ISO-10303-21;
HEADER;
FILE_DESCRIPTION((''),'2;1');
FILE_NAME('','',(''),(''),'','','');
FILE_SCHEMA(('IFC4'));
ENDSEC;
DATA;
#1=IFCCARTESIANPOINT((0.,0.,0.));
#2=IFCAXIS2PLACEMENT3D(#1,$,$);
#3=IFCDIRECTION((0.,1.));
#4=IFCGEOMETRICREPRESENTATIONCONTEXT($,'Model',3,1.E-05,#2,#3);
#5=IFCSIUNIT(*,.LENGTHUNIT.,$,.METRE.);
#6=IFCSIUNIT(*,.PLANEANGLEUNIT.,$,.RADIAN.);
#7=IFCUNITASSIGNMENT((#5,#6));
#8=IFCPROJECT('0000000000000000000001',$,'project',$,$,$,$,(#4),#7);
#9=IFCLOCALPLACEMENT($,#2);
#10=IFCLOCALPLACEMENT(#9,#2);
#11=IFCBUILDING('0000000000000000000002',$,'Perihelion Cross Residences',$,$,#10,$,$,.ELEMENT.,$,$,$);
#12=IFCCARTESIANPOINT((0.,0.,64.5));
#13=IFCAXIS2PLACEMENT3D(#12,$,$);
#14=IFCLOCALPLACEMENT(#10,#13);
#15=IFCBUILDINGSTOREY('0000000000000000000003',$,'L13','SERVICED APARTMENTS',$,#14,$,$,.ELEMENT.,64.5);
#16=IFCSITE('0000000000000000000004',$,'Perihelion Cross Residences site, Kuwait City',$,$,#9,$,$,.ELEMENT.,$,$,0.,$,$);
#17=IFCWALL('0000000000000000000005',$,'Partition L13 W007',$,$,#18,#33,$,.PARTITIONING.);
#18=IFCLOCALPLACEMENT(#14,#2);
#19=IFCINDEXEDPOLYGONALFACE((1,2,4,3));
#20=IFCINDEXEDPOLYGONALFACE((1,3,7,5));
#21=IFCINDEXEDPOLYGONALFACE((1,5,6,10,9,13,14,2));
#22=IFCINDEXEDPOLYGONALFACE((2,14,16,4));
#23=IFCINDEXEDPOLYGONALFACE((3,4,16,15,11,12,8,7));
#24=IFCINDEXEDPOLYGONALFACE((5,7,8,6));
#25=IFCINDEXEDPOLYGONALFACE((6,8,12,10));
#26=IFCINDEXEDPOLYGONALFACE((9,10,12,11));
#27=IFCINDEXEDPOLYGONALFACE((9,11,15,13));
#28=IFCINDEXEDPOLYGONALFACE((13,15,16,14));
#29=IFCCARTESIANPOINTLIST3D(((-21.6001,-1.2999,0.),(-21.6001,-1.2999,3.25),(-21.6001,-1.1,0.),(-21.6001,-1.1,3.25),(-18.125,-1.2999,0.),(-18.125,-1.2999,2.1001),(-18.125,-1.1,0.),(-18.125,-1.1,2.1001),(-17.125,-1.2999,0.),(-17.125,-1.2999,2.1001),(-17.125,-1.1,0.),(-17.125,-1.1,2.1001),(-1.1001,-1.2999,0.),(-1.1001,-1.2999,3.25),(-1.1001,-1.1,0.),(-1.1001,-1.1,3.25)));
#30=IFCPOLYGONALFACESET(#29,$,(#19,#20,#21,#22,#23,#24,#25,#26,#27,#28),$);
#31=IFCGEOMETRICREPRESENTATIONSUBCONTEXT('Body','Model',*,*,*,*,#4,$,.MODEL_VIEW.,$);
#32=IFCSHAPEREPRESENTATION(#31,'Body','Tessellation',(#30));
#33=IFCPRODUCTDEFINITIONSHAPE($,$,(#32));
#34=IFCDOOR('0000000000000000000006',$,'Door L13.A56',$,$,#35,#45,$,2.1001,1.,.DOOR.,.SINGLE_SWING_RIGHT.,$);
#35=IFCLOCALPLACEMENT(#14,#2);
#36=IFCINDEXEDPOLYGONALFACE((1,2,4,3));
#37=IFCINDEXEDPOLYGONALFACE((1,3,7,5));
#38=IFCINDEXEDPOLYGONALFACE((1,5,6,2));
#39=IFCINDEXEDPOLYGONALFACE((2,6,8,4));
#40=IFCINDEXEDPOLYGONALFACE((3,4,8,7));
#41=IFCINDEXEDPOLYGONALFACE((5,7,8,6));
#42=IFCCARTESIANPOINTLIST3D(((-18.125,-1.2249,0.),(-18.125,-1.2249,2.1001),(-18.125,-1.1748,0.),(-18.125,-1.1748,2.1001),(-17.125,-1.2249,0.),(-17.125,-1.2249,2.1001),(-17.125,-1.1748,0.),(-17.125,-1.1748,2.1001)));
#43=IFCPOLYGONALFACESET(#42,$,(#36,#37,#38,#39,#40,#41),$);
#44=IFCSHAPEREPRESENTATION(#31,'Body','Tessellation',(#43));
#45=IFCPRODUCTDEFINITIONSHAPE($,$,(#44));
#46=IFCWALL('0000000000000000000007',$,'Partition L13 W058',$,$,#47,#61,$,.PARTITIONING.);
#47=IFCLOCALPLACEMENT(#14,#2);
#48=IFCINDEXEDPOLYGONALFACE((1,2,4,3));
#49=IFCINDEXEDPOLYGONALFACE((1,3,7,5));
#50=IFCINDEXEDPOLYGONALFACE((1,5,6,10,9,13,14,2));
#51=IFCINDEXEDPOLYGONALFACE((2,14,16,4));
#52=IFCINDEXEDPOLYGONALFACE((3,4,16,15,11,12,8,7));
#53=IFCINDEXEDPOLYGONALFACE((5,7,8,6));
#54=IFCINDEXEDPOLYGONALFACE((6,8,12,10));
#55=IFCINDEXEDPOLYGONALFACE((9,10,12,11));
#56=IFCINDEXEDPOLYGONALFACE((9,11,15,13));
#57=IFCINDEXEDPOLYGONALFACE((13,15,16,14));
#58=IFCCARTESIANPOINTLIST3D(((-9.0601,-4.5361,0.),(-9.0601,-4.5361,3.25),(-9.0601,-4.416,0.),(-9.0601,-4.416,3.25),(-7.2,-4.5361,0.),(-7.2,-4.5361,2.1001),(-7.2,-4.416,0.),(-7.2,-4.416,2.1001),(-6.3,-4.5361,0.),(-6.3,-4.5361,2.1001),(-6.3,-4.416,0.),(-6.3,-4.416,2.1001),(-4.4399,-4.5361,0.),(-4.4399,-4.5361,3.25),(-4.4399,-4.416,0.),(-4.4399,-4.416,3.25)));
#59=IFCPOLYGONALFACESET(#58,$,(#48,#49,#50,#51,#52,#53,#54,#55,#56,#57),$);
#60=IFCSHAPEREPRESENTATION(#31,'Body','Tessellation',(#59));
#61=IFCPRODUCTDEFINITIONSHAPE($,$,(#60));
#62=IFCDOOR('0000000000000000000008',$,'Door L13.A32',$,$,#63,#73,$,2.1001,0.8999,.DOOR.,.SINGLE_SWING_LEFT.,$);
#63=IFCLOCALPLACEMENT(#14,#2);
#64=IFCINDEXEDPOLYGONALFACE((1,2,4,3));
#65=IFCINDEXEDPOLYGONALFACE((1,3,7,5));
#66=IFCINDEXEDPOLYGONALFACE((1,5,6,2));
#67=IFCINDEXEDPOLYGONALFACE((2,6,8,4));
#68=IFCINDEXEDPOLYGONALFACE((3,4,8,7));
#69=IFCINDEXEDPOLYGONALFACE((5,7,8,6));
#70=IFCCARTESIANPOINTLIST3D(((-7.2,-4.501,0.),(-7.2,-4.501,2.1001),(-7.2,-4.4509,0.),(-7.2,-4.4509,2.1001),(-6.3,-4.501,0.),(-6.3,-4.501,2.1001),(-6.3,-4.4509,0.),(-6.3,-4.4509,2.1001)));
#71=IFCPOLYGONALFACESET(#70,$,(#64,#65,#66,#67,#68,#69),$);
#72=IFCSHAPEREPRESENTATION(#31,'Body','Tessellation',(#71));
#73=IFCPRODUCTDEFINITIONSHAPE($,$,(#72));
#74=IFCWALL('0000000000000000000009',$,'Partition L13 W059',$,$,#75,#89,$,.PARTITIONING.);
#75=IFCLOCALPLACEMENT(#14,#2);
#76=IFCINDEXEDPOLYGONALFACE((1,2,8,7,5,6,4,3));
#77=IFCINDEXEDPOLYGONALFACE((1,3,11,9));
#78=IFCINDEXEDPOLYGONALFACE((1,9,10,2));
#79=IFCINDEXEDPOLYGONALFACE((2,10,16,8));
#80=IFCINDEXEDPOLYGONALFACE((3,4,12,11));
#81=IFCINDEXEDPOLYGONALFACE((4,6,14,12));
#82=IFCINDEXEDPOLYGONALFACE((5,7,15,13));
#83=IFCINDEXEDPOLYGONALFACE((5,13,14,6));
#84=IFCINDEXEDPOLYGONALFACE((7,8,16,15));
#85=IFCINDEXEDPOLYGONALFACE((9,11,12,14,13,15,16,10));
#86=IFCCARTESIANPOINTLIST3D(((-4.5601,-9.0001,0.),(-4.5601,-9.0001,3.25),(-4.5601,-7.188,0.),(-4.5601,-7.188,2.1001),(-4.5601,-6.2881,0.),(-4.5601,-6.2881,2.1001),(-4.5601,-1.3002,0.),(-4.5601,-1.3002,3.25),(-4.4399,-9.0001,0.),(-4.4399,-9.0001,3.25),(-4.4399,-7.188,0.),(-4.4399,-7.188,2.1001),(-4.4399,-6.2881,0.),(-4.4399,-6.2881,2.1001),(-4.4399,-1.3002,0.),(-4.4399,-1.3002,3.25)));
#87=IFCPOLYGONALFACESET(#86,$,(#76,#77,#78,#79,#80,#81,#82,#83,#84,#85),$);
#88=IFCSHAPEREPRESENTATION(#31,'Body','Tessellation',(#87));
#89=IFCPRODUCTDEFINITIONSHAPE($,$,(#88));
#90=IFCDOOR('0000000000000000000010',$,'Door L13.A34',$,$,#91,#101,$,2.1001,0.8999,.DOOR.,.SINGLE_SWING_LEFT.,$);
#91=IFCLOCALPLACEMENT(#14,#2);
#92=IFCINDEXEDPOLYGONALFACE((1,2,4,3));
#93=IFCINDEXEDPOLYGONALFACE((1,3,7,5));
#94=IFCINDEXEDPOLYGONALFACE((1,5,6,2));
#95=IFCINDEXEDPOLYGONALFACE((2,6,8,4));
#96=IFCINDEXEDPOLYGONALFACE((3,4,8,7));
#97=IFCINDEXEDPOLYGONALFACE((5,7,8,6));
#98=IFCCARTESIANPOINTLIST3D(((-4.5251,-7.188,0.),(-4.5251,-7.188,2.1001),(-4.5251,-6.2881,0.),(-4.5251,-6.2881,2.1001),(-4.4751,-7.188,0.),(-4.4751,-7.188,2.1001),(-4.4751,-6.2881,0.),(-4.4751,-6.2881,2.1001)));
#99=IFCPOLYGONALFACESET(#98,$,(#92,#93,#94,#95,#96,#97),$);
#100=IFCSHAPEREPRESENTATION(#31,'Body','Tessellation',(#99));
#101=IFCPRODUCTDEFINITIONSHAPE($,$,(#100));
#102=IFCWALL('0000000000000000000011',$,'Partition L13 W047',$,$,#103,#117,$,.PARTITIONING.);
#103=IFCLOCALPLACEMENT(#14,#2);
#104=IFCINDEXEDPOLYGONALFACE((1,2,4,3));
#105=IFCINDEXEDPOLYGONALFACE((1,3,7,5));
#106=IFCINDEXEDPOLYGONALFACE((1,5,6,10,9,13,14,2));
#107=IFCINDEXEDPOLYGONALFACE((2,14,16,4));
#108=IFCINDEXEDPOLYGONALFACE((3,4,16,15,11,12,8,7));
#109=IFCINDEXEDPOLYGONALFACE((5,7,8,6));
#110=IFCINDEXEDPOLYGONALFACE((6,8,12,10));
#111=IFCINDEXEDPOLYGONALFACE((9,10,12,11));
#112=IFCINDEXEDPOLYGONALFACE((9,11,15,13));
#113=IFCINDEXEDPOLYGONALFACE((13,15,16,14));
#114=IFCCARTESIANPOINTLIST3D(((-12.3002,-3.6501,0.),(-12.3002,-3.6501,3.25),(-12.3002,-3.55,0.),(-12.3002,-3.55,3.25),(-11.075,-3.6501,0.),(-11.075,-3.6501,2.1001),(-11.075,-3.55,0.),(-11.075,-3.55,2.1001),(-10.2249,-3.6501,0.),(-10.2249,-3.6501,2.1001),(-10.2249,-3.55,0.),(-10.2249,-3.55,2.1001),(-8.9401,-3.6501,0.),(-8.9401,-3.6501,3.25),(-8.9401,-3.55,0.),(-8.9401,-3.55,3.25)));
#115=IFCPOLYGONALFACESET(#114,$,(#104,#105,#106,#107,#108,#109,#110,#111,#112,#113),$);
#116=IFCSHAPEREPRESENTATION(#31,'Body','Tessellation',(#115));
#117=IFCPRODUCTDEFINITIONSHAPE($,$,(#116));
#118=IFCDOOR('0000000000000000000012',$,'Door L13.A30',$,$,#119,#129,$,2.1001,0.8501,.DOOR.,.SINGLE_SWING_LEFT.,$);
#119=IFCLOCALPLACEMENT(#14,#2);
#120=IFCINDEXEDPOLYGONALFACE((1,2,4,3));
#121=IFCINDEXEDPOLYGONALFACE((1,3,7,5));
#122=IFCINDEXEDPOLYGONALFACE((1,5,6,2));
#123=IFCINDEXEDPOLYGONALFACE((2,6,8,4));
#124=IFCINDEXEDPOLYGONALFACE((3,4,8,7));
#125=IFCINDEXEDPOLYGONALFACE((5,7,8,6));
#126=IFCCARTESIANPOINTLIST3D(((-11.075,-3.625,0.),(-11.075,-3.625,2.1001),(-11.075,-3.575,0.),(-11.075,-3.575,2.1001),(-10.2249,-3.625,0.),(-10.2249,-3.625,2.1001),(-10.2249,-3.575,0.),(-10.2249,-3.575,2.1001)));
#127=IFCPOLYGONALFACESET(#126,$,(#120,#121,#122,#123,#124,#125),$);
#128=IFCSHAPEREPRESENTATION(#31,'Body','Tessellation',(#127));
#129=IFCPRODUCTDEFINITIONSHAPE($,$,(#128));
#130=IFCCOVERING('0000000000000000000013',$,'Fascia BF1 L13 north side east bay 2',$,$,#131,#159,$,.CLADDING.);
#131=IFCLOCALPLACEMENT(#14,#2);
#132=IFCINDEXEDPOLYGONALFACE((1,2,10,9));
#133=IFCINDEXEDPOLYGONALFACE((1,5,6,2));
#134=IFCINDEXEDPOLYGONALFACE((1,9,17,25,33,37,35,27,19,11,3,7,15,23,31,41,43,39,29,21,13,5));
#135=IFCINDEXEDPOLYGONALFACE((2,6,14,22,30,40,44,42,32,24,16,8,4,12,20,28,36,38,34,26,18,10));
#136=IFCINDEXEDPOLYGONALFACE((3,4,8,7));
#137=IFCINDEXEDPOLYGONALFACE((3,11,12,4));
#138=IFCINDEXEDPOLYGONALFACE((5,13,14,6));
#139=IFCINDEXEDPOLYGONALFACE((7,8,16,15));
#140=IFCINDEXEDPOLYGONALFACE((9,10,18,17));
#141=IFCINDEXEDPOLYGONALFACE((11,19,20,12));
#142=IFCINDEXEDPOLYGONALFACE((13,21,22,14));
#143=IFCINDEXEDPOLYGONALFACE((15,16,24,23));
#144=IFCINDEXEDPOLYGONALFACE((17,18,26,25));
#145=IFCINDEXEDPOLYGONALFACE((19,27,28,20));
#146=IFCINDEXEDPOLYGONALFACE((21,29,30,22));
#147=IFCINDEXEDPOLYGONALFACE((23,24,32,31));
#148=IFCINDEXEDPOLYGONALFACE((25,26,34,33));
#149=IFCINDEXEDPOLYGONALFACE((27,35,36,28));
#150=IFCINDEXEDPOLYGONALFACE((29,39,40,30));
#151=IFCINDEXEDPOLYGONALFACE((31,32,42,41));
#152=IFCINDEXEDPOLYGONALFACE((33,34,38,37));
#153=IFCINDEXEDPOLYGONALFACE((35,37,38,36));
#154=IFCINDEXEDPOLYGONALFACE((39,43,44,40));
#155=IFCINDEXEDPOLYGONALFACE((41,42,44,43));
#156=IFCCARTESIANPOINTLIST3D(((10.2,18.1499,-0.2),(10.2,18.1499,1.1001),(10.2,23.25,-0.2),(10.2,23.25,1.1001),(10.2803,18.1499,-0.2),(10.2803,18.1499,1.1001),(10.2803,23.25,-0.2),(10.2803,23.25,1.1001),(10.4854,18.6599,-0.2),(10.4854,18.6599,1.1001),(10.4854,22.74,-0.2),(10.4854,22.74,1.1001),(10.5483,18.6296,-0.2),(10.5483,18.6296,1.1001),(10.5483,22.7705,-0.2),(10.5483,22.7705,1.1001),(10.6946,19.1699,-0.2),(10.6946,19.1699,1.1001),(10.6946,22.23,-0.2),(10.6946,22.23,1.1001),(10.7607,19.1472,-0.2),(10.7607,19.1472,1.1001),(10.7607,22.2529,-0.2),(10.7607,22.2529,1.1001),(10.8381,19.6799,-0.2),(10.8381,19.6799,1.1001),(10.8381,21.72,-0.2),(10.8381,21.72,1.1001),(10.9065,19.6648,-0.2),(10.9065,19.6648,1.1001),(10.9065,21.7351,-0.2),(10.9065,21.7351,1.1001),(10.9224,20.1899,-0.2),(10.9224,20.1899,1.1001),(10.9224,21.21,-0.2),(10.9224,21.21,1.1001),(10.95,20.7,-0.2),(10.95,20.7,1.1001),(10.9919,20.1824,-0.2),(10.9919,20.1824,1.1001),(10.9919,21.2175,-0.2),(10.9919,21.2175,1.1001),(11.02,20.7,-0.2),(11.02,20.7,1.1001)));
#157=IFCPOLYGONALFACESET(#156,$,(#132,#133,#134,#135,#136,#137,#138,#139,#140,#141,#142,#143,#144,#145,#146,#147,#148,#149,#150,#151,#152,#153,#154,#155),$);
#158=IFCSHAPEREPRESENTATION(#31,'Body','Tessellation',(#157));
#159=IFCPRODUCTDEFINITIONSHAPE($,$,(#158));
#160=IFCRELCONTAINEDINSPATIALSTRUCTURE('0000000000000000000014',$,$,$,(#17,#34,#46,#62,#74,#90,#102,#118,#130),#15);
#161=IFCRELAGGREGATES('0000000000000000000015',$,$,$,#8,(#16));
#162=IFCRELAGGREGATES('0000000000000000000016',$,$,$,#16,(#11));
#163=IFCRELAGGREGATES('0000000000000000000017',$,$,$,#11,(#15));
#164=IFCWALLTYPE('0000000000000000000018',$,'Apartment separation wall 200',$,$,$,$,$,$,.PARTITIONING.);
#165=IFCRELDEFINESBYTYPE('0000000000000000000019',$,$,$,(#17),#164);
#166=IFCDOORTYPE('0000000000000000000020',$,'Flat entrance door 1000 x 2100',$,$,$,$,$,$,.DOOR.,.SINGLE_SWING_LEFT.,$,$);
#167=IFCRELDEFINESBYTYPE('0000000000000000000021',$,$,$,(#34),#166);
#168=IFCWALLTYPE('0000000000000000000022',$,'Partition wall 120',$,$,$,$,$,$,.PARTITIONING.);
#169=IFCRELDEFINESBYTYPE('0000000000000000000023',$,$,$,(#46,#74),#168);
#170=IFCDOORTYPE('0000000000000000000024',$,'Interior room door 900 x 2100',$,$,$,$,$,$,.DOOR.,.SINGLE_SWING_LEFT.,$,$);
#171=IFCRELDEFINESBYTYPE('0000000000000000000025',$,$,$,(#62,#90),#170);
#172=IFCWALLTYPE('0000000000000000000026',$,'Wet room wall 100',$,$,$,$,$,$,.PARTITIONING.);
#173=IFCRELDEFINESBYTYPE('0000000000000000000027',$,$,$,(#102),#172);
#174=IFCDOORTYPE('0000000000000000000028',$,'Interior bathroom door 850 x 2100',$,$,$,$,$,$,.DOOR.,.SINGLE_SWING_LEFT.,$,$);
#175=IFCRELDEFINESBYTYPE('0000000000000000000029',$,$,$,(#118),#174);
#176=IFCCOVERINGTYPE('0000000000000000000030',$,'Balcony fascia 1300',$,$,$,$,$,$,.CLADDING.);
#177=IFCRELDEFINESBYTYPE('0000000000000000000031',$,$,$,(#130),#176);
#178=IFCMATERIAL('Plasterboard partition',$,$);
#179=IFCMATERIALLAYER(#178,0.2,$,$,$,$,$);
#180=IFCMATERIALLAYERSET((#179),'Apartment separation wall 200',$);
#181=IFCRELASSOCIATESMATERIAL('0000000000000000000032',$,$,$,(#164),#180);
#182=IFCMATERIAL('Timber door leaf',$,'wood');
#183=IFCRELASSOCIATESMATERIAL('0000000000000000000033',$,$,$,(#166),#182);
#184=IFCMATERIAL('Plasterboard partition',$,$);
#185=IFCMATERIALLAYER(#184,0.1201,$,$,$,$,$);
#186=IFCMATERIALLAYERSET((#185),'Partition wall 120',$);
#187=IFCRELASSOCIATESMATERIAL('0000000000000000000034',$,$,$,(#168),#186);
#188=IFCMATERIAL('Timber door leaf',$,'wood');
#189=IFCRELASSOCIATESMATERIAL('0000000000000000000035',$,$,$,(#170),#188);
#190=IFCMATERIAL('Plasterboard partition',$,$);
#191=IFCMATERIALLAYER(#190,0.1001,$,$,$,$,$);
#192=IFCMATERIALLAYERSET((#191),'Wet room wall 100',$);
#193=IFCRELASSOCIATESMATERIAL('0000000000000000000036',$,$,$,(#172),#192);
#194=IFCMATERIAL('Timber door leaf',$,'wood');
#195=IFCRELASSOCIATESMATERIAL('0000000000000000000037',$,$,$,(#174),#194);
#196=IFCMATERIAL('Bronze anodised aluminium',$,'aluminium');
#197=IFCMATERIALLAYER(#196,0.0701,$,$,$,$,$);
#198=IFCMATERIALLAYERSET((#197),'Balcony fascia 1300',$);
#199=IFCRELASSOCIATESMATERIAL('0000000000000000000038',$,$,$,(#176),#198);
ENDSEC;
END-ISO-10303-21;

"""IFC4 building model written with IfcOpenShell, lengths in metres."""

from ifc_helpers import new_model, si_unit, direction, frame, frame_2d, origin, place, context, subcontext, project, spatial, polyline, rectangle, outline, extrude, material, layer, layer_set, type_object, element, fill, save


model = new_model("IFC4")

# Units and contexts
model_context = context("Model", 3, precision=1e-05, world=origin(), true_north=direction((0.0, 1.0)))
body_context = subcontext(model_context, "Body", "Model", "MODEL_VIEW")
ifc_project = project(units=[si_unit("LENGTHUNIT", "METRE"), si_unit("PLANEANGLEUNIT", "RADIAN")], contexts=[model_context])

# Site, building, storey
site_placement = place(None, origin())
site = spatial("IfcSite", under=ifc_project, at=site_placement, Name="Perihelion Cross Residences site, Kuwait City", CompositionType="ELEMENT", RefElevation=0.0)
building_placement = place(site_placement, origin())
building = spatial("IfcBuilding", under=site, at=building_placement, Name="Perihelion Cross Residences", CompositionType="ELEMENT")
storey_placement = place(building_placement, frame((0.0, 0.0, 64.5)))
storey = spatial("IfcBuildingStorey", under=building, at=storey_placement, Name="L13", Description="SERVICED APARTMENTS", CompositionType="ELEMENT", Elevation=64.5)

# Walls, openings, doors
ifc_material_1 = material(Name="Plasterboard partition")
ifc_layer_1 = layer(ifc_material_1, 0.2)
ifc_layer_set_1 = layer_set([ifc_layer_1], Name="Apartment separation wall 200")
wall_type_1 = type_object("IfcWallType", Name="Apartment separation wall 200", PredefinedType="PARTITIONING", material=ifc_layer_set_1)
wall_1_placement = place(storey_placement, frame((-1.1001, -1.2, 0.0), z_axis=(0.0, 0.0, 1.0), x_axis=(-1.0, 0.0, 0.0)))
wall_1 = element("IfcWall", 1, at=wall_1_placement, inside=storey, type_object=wall_type_1, Name="Partition L13 W007", PredefinedType="PARTITIONING", context=body_context, shape_type="SweptSolid", body=[
    extrude(rectangle(XDim=20.5, YDim=0.2, at=frame_2d((10.25, 0.0))), origin(), (0.0, 0.0, 1.0), 3.25),
])
opening_1_placement = place(wall_1_placement, frame((16.0249, 0.0, 0.0)))
opening_1 = element("IfcOpeningElement", 2, at=opening_1_placement, cuts=wall_1, PredefinedType="OPENING", context=body_context, shape_type="SweptSolid", body=[
    extrude(rectangle(XDim=1.0, YDim=2.1001, at=frame_2d((0.5, 1.05))), frame((0.0, 0.1099, 0.0), z_axis=(0.0, -1.0, 0.0), x_axis=(1.0, 0.0, 0.0)), (0.0, 0.0, 1.0), 0.22),
])
ifc_material_2 = material(Name="Timber door leaf", Category="wood")
door_type_1 = type_object("IfcDoorType", Name="Flat entrance door 1000 x 2100", OperationType="SINGLE_SWING_LEFT", PredefinedType="DOOR", material=ifc_material_2)
door_1_placement = place(opening_1_placement, origin())
door_1 = element("IfcDoor", 3, at=door_1_placement, inside=storey, type_object=door_type_1, Name="Door L13.A56", OperationType="SINGLE_SWING_RIGHT", OverallHeight=2.1001, OverallWidth=1.0, PredefinedType="DOOR", context=body_context, shape_type="SweptSolid", body=[
    extrude(rectangle(XDim=1.0, YDim=2.1001, at=frame_2d((0.5, 1.05))), frame((0.0, 0.0249, 0.0), z_axis=(0.0, -1.0, 0.0), x_axis=(1.0, 0.0, 0.0)), (0.0, 0.0, 1.0), 0.05),
])
fill(opening_1, door_1)
ifc_material_3 = material(Name="Plasterboard partition")
ifc_layer_2 = layer(ifc_material_3, 0.1201)
ifc_layer_set_2 = layer_set([ifc_layer_2], Name="Partition wall 120")
wall_type_2 = type_object("IfcWallType", Name="Partition wall 120", PredefinedType="PARTITIONING", material=ifc_layer_set_2)
wall_2_placement = place(storey_placement, frame((-4.4399, -4.4761, 0.0), z_axis=(0.0, 0.0, 1.0), x_axis=(-1.0, 0.0, 0.0)))
wall_2 = element("IfcWall", 4, at=wall_2_placement, inside=storey, type_object=wall_type_2, Name="Partition L13 W058", PredefinedType="PARTITIONING", context=body_context, shape_type="SweptSolid", body=[
    extrude(rectangle(XDim=4.6201, YDim=0.1201, at=frame_2d((2.3101, 0.0))), origin(), (0.0, 0.0, 1.0), 3.25),
])
opening_2_placement = place(wall_2_placement, frame((1.8601, 0.0, 0.0)))
opening_2 = element("IfcOpeningElement", 5, at=opening_2_placement, cuts=wall_2, PredefinedType="OPENING", context=body_context, shape_type="SweptSolid", body=[
    extrude(rectangle(XDim=0.8999, YDim=2.1001, at=frame_2d((0.45, 1.05))), frame((0.0, 0.0701, 0.0), z_axis=(0.0, -1.0, 0.0), x_axis=(1.0, 0.0, 0.0)), (0.0, 0.0, 1.0), 0.1401),
])
ifc_material_4 = material(Name="Timber door leaf", Category="wood")
door_type_2 = type_object("IfcDoorType", Name="Interior room door 900 x 2100", OperationType="SINGLE_SWING_LEFT", PredefinedType="DOOR", material=ifc_material_4)
door_2_placement = place(opening_2_placement, origin())
door_2 = element("IfcDoor", 6, at=door_2_placement, inside=storey, type_object=door_type_2, Name="Door L13.A32", OperationType="SINGLE_SWING_LEFT", OverallHeight=2.1001, OverallWidth=0.8999, PredefinedType="DOOR", context=body_context, shape_type="SweptSolid", body=[
    extrude(rectangle(XDim=0.8999, YDim=2.1001, at=frame_2d((0.45, 1.05))), frame((0.0, 0.0249, 0.0), z_axis=(0.0, -1.0, 0.0), x_axis=(1.0, 0.0, 0.0)), (0.0, 0.0, 1.0), 0.05),
])
fill(opening_2, door_2)
wall_3_placement = place(storey_placement, frame((-4.5, -1.3, 0.0), z_axis=(0.0, 0.0, 1.0), x_axis=(0.0, -1.0, 0.0)))
wall_3 = element("IfcWall", 7, at=wall_3_placement, inside=storey, type_object=wall_type_2, Name="Partition L13 W059", PredefinedType="PARTITIONING", context=body_context, shape_type="SweptSolid", body=[
    extrude(rectangle(XDim=7.7, YDim=0.1201, at=frame_2d((3.8501, 0.0))), origin(), (0.0, 0.0, 1.0), 3.25),
])
opening_3_placement = place(wall_3_placement, frame((4.988, 0.0, 0.0)))
opening_3 = element("IfcOpeningElement", 8, at=opening_3_placement, cuts=wall_3, PredefinedType="OPENING", context=body_context, shape_type="SweptSolid", body=[
    extrude(rectangle(XDim=0.8999, YDim=2.1001, at=frame_2d((0.45, 1.05))), frame((0.0, 0.0701, 0.0), z_axis=(0.0, -1.0, 0.0), x_axis=(1.0, 0.0, 0.0)), (0.0, 0.0, 1.0), 0.1401),
])
door_3_placement = place(opening_3_placement, origin())
door_3 = element("IfcDoor", 9, at=door_3_placement, inside=storey, type_object=door_type_2, Name="Door L13.A34", OperationType="SINGLE_SWING_LEFT", OverallHeight=2.1001, OverallWidth=0.8999, PredefinedType="DOOR", context=body_context, shape_type="SweptSolid", body=[
    extrude(rectangle(XDim=0.8999, YDim=2.1001, at=frame_2d((0.45, 1.05))), frame((0.0, 0.0249, 0.0), z_axis=(0.0, -1.0, 0.0), x_axis=(1.0, 0.0, 0.0)), (0.0, 0.0, 1.0), 0.05),
])
fill(opening_3, door_3)
ifc_material_5 = material(Name="Plasterboard partition")
ifc_layer_3 = layer(ifc_material_5, 0.1001)
ifc_layer_set_3 = layer_set([ifc_layer_3], Name="Wet room wall 100")
wall_type_3 = type_object("IfcWallType", Name="Wet room wall 100", PredefinedType="PARTITIONING", material=ifc_layer_set_3)
wall_4_placement = place(storey_placement, frame((-8.9399, -3.6001, 0.0), z_axis=(0.0, 0.0, 1.0), x_axis=(-1.0, 0.0, 0.0)))
wall_4 = element("IfcWall", 10, at=wall_4_placement, inside=storey, type_object=wall_type_3, Name="Partition L13 W047", PredefinedType="PARTITIONING", context=body_context, shape_type="SweptSolid", body=[
    extrude(rectangle(XDim=3.3601, YDim=0.1001, at=frame_2d((1.6802, 0.0))), origin(), (0.0, 0.0, 1.0), 3.25),
])
opening_4_placement = place(wall_4_placement, frame((1.2849, 0.0, 0.0)))
opening_4 = element("IfcOpeningElement", 11, at=opening_4_placement, cuts=wall_4, PredefinedType="OPENING", context=body_context, shape_type="SweptSolid", body=[
    extrude(rectangle(XDim=0.8501, YDim=2.1001, at=frame_2d((0.425, 1.05))), frame((0.0, 0.0601, 0.0), z_axis=(0.0, -1.0, 0.0), x_axis=(1.0, 0.0, 0.0)), (0.0, 0.0, 1.0), 0.1201),
])
ifc_material_6 = material(Name="Timber door leaf", Category="wood")
door_type_3 = type_object("IfcDoorType", Name="Interior bathroom door 850 x 2100", OperationType="SINGLE_SWING_LEFT", PredefinedType="DOOR", material=ifc_material_6)
door_4_placement = place(opening_4_placement, origin())
door_4 = element("IfcDoor", 12, at=door_4_placement, inside=storey, type_object=door_type_3, Name="Door L13.A30", OperationType="SINGLE_SWING_LEFT", OverallHeight=2.1001, OverallWidth=0.8501, PredefinedType="DOOR", context=body_context, shape_type="SweptSolid", body=[
    extrude(rectangle(XDim=0.8501, YDim=2.1001, at=frame_2d((0.425, 1.05))), frame((0.0, 0.0249, 0.0), z_axis=(0.0, -1.0, 0.0), x_axis=(1.0, 0.0, 0.0)), (0.0, 0.0, 1.0), 0.05),
])
fill(opening_4, door_4)

# Covering
ifc_material_7 = material(Name="Bronze anodised aluminium", Category="aluminium")
ifc_layer_4 = layer(ifc_material_7, 0.0701)
ifc_layer_set_4 = layer_set([ifc_layer_4], Name="Balcony fascia 1300")
covering_type = type_object("IfcCoveringType", Name="Balcony fascia 1300", PredefinedType="CLADDING", material=ifc_layer_set_4)
covering_1_placement = place(storey_placement, frame((0.0, 0.0, -0.2)))
element("IfcCovering", 13, at=covering_1_placement, inside=storey, type_object=covering_type, Name="Fascia BF1 L13 north side east bay 2", PredefinedType="CLADDING", context=body_context, shape_type="SweptSolid", body=[
    extrude(outline(polyline([(10.5483, 18.6296), (10.7607, 19.1472), (10.9065, 19.6648), (10.9919, 20.1824), (11.02, 20.7), (10.9919, 21.2175), (10.9065, 21.7351), (10.7607, 22.2529), (10.5483, 22.7705), (10.2803, 23.25), (10.2, 23.25), (10.4854, 22.74), (10.6946, 22.23), (10.8381, 21.72), (10.9224, 21.21), (10.95, 20.7), (10.9224, 20.1899), (10.8381, 19.6799), (10.6946, 19.1699), (10.4854, 18.6599), (10.2, 18.1499), (10.2803, 18.1499), (10.5483, 18.6296)])), origin(), (0.0, 0.0, 1.0), 1.3),
])

save(model, "model.ifc")
